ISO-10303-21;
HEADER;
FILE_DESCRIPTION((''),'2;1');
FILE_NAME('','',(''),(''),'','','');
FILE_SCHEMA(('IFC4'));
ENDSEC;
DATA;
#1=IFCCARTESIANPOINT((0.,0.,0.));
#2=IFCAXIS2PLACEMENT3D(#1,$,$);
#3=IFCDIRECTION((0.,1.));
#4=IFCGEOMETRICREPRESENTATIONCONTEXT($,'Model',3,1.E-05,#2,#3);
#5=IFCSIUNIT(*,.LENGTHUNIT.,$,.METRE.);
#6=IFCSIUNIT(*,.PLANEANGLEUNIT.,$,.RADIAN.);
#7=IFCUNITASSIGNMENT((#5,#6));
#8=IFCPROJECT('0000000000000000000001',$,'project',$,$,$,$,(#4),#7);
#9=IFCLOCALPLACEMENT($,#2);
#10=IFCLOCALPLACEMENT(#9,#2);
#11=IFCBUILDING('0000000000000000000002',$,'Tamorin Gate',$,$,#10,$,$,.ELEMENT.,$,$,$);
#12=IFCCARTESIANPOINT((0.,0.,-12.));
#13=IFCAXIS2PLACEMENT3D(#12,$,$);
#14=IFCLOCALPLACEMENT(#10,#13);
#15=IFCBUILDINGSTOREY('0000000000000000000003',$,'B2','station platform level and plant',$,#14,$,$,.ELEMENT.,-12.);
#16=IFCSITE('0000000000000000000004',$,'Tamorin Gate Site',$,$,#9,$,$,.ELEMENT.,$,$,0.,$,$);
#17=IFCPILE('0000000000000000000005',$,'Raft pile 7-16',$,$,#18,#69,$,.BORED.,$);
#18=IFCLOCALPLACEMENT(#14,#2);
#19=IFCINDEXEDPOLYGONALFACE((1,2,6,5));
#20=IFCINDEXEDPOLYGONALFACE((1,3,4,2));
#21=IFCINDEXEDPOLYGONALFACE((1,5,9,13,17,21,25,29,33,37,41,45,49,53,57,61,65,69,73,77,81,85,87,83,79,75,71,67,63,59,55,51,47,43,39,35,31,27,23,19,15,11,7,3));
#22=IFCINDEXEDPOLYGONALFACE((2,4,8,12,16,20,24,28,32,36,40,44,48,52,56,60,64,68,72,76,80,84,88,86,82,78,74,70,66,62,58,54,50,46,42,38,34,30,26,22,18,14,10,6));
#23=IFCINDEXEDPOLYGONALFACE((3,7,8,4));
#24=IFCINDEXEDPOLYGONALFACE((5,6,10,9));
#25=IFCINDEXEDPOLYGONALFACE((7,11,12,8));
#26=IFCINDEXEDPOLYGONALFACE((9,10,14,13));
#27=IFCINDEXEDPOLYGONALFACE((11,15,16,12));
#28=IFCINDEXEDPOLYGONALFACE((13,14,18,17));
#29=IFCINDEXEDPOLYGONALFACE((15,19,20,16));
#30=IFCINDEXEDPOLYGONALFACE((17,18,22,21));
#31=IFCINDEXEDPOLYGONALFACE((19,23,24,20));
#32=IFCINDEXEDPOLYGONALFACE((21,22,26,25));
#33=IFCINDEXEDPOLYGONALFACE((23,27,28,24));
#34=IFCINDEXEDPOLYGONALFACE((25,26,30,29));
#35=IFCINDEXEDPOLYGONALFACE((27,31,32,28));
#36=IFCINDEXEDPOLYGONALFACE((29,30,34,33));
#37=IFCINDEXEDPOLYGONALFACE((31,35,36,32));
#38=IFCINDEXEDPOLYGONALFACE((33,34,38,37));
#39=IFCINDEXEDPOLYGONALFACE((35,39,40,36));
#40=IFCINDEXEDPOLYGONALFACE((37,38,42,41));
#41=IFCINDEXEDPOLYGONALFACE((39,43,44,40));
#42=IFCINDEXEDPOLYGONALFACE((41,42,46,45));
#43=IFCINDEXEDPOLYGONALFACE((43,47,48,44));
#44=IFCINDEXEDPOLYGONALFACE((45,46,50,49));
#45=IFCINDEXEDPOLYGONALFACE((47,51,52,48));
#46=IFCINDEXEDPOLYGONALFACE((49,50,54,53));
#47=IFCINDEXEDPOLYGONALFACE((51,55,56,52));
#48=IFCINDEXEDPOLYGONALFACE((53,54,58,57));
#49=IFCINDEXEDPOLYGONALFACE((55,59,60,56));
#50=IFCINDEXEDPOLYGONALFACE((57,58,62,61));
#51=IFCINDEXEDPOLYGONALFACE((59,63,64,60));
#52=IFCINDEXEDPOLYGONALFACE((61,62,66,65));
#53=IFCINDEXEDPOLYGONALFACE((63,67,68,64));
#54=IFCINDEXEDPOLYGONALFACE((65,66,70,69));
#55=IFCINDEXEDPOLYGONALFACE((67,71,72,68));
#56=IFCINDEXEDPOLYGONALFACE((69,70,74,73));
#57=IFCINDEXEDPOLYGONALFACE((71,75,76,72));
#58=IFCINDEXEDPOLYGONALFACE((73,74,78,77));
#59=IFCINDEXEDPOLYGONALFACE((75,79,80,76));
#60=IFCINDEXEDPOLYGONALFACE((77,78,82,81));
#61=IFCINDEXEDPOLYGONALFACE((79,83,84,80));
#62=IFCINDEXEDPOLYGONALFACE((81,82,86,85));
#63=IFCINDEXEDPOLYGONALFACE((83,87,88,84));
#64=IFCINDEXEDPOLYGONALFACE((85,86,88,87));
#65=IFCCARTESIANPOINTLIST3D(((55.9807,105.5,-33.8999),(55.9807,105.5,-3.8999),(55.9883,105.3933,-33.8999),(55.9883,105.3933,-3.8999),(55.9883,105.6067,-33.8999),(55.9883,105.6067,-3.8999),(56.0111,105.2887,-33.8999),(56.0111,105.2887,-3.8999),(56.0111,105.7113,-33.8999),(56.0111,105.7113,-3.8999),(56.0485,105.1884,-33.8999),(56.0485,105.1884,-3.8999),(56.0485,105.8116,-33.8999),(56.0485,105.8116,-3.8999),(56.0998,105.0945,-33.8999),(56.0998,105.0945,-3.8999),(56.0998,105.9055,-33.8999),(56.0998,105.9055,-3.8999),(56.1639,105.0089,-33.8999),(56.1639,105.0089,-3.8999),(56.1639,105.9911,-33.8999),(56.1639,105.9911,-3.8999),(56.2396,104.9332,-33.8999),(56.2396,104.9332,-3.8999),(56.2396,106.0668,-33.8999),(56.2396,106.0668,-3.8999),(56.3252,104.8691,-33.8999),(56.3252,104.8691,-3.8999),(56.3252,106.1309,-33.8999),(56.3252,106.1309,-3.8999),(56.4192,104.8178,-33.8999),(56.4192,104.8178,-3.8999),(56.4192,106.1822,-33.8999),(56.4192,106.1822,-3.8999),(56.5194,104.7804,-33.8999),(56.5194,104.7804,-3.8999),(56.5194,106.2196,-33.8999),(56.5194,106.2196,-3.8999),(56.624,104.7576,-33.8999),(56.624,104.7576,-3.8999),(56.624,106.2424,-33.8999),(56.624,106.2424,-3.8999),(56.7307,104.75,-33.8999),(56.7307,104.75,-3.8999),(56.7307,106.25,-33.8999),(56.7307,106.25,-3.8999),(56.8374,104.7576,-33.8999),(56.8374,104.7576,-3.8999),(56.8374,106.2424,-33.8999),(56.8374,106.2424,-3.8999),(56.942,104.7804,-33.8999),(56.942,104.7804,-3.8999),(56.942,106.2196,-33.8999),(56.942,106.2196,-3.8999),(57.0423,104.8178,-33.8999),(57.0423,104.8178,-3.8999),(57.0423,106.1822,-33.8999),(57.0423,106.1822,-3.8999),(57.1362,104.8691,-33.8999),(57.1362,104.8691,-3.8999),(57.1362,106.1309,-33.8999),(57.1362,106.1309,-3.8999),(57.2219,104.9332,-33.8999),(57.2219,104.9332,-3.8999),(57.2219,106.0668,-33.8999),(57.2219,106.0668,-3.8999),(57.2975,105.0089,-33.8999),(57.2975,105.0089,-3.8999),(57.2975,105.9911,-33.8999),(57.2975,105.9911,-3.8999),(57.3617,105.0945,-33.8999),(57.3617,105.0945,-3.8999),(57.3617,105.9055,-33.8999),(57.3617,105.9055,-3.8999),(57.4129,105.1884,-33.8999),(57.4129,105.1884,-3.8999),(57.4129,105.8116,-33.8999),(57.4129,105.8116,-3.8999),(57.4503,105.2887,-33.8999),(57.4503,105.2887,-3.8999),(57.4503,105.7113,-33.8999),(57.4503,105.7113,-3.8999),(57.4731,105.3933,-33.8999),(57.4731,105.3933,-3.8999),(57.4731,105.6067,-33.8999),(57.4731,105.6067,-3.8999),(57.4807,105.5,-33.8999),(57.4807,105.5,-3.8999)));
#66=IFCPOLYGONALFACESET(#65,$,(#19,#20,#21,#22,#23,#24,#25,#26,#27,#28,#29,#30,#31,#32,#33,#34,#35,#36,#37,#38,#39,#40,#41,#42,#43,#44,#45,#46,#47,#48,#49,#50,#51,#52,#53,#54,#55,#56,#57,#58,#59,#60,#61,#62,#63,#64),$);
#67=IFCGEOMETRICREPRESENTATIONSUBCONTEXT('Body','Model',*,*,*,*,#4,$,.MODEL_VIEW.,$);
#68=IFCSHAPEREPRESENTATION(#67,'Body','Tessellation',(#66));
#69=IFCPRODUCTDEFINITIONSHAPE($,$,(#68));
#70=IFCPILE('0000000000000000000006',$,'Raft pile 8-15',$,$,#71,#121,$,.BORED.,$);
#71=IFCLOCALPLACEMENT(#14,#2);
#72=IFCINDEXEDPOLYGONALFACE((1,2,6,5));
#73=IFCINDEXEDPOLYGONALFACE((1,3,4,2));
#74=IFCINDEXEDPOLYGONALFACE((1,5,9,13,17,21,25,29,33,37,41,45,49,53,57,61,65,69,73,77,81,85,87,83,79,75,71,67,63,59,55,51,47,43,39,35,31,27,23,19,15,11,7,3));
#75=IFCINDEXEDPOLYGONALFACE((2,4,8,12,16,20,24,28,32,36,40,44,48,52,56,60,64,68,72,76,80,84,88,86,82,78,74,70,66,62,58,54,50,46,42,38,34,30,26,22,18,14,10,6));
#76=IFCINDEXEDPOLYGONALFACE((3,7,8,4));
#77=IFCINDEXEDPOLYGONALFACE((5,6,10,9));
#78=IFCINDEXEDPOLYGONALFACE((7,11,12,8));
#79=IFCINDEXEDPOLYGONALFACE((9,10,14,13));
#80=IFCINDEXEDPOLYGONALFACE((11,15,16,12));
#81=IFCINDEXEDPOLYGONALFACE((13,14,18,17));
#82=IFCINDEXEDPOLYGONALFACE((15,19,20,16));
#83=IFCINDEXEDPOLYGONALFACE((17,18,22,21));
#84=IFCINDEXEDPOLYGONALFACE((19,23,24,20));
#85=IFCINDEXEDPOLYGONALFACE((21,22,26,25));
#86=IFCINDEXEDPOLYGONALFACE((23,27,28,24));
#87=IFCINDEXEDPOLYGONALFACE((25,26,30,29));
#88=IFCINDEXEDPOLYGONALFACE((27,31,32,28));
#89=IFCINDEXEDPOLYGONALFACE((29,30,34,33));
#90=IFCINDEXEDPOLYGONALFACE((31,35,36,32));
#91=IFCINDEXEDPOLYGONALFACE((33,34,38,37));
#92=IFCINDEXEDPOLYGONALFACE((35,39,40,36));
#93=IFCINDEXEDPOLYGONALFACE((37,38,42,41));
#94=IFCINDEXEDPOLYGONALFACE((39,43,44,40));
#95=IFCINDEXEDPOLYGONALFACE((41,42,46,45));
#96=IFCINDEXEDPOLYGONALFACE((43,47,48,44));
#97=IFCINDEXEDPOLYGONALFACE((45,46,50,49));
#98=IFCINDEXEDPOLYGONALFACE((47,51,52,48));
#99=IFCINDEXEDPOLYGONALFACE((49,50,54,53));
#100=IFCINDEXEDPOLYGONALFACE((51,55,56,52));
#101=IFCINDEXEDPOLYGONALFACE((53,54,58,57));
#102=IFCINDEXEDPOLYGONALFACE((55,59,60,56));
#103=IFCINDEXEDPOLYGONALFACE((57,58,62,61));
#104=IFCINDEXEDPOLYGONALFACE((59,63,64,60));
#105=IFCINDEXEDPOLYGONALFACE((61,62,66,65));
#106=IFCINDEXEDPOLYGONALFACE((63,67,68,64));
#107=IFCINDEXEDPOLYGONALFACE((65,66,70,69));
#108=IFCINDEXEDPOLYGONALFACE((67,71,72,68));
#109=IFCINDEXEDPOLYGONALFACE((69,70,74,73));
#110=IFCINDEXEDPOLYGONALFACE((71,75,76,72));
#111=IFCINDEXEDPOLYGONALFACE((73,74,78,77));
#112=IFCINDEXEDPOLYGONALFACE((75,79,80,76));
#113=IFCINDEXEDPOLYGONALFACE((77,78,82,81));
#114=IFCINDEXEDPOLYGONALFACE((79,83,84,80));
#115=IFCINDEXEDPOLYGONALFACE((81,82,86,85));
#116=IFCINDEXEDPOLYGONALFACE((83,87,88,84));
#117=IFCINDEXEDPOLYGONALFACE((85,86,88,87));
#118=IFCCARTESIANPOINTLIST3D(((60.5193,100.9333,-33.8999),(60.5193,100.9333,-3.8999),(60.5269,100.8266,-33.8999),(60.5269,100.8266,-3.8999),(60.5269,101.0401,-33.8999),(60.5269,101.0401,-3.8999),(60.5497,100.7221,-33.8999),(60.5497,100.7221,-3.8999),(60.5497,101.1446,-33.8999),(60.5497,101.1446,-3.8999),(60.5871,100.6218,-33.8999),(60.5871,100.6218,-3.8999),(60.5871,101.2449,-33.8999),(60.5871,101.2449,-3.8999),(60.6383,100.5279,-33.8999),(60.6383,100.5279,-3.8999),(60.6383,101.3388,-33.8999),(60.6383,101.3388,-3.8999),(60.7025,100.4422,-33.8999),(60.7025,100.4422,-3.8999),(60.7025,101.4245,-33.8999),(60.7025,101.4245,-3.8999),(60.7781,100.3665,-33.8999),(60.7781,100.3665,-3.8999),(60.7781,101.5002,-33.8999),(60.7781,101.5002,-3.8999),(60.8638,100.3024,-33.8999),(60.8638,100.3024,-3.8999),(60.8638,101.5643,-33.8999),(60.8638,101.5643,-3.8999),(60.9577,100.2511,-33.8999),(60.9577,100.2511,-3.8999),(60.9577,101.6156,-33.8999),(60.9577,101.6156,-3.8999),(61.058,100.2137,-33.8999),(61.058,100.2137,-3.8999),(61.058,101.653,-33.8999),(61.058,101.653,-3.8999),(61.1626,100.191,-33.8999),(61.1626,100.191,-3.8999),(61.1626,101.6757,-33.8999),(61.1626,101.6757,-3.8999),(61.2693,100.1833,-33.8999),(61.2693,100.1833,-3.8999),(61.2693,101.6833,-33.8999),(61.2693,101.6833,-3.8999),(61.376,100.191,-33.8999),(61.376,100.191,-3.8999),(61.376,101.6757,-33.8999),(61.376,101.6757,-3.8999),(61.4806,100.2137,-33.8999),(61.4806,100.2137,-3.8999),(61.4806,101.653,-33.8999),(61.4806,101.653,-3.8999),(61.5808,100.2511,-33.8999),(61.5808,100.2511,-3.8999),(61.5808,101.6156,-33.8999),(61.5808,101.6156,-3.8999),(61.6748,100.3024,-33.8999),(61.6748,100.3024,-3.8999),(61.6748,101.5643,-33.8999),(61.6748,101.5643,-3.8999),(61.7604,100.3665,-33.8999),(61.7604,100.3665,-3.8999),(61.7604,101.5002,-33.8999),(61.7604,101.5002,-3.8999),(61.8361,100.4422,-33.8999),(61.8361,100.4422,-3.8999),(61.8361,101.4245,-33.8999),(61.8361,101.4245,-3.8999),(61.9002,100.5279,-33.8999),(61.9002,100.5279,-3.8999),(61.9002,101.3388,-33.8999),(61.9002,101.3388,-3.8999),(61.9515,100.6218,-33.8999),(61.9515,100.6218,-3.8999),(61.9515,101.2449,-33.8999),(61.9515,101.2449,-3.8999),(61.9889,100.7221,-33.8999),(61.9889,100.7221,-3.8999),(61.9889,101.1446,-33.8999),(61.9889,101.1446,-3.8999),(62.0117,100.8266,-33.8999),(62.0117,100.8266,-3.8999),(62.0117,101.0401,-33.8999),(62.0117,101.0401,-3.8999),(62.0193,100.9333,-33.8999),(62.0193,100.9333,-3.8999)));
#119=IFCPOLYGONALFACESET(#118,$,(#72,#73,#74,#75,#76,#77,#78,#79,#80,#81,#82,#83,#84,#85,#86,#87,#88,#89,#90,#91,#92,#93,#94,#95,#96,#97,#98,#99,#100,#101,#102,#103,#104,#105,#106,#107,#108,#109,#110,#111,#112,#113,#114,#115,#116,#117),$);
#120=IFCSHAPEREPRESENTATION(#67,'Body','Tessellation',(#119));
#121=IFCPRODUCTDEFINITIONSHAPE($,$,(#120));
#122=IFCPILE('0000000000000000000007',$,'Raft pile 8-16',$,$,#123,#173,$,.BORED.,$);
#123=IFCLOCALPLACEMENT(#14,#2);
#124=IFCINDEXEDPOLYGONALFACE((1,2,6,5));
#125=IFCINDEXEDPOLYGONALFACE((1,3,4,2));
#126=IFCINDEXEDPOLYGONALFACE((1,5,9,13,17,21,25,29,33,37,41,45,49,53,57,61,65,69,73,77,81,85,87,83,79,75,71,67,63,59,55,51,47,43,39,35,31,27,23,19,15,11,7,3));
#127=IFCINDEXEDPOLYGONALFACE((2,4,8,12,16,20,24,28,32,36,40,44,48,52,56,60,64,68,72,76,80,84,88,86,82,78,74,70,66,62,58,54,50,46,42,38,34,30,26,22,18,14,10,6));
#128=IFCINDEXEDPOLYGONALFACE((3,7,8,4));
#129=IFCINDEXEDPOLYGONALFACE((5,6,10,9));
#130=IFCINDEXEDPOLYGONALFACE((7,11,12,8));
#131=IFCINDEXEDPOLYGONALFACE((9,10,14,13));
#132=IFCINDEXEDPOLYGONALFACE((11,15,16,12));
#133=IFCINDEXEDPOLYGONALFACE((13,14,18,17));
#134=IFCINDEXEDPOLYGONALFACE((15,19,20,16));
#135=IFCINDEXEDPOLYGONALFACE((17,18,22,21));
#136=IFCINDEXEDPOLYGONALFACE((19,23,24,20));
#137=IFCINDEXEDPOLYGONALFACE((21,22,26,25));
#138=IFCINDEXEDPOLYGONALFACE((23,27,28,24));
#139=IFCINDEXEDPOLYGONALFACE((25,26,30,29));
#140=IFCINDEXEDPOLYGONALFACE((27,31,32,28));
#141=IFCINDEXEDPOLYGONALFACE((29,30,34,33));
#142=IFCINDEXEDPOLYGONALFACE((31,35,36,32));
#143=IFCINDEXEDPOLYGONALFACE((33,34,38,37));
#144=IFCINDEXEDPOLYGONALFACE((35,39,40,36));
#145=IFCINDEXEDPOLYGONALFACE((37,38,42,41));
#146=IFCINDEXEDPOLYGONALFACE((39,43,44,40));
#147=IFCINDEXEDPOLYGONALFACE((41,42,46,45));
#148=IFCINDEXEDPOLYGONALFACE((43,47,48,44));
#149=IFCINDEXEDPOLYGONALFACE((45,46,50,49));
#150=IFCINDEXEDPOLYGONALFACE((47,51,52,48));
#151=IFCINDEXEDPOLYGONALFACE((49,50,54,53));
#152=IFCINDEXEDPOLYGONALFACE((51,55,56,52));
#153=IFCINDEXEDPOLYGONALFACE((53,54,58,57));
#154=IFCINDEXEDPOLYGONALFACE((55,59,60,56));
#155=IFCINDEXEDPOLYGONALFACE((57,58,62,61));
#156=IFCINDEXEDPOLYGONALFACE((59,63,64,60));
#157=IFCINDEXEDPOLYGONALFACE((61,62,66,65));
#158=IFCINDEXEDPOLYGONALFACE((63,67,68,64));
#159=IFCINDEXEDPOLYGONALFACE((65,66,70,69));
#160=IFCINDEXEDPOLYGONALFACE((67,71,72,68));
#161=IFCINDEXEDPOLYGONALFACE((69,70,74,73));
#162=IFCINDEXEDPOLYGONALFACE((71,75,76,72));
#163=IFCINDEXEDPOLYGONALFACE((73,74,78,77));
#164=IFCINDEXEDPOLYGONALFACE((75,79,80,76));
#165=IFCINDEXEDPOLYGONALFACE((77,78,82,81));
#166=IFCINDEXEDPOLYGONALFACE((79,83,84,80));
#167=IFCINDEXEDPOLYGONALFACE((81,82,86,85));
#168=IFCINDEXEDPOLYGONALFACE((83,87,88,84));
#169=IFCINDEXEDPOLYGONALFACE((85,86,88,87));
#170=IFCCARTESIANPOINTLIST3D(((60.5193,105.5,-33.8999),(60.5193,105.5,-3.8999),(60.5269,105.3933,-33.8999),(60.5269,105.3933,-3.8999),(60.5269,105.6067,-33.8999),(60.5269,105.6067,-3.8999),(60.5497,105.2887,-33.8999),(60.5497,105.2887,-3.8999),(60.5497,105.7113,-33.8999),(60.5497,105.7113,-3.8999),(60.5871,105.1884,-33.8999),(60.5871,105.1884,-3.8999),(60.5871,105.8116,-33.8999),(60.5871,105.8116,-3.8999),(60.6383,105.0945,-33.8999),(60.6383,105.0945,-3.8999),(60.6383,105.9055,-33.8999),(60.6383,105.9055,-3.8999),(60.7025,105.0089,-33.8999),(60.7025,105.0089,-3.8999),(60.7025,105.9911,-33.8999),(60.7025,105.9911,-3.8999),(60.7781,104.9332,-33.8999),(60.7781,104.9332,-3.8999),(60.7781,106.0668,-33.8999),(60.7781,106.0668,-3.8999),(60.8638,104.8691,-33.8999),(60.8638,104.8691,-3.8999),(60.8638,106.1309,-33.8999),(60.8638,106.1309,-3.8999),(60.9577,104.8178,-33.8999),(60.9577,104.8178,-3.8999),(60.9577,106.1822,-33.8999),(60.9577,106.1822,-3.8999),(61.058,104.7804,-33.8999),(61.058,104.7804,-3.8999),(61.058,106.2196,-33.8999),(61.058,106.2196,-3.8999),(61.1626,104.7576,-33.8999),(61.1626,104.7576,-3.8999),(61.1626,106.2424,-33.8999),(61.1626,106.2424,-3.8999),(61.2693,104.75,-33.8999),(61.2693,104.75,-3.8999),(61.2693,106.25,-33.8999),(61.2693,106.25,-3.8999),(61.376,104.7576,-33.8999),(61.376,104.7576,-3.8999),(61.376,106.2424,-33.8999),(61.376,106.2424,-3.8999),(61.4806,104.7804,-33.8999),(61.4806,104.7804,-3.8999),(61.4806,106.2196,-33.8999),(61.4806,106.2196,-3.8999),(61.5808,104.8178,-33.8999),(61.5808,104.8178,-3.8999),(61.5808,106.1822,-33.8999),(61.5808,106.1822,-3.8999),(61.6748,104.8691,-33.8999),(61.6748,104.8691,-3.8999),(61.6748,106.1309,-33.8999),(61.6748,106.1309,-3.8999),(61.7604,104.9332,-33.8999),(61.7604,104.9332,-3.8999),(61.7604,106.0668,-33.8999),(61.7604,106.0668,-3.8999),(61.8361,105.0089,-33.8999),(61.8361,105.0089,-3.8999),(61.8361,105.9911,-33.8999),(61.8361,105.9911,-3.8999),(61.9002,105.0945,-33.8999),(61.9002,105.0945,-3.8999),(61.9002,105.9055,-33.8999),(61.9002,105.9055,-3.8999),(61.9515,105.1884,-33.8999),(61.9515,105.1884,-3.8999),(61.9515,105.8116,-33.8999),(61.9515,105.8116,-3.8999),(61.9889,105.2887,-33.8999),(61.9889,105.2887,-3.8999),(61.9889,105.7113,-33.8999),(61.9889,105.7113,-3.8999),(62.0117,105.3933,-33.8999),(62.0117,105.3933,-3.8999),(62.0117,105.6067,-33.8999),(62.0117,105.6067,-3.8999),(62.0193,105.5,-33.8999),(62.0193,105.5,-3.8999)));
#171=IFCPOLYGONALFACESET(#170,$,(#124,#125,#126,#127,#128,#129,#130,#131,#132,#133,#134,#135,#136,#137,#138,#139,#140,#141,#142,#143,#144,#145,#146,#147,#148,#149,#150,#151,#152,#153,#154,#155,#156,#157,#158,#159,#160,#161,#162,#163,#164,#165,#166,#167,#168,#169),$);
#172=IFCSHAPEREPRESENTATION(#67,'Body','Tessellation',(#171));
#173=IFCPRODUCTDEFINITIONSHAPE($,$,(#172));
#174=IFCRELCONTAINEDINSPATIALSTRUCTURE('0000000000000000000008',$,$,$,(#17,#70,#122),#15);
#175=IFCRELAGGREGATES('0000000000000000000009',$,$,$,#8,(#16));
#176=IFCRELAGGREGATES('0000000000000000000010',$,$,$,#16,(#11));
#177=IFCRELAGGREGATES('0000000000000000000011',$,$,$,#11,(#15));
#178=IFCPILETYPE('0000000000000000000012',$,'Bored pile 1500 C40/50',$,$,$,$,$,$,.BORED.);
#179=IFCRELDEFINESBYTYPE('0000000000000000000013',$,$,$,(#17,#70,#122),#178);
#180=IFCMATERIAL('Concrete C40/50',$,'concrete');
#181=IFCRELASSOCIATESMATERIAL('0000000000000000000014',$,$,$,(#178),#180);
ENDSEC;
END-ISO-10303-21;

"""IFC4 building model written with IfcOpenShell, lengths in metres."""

from ifc_helpers import new_model, si_unit, direction, frame, origin, origin_2d, place, context, subcontext, project, spatial, circle, extrude, material, material_profile, profile_set, type_object, element, save


model = new_model("IFC4")

# Units and contexts
model_context = context("Model", 3, precision=1e-05, world=origin(), true_north=direction((0.0, 1.0)))
body_context = subcontext(model_context, "Body", "Model", "MODEL_VIEW")
ifc_project = project(units=[si_unit("LENGTHUNIT", "METRE"), si_unit("PLANEANGLEUNIT", "RADIAN")], contexts=[model_context])

# Site, building, storey
site_placement = place(None, origin())
site = spatial("IfcSite", under=ifc_project, at=site_placement, Name="Tamorin Gate Site", CompositionType="ELEMENT", RefElevation=0.0)
building_placement = place(site_placement, origin())
building = spatial("IfcBuilding", under=site, at=building_placement, Name="Tamorin Gate", CompositionType="ELEMENT")
storey_placement = place(building_placement, frame((0.0, 0.0, -12.0)))
storey = spatial("IfcBuildingStorey", under=building, at=storey_placement, Name="B2", Description="station platform level and plant", CompositionType="ELEMENT", Elevation=-12.0)

# Piles
ifc_material_1 = material(Name="Concrete C40/50", Category="concrete")
ifc_material_profile_1 = material_profile(ifc_material_1, circle(Radius=0.75, at=origin_2d()))
ifc_profile_set_1 = profile_set([ifc_material_profile_1], Name="Concrete C40/50")
pile_type = type_object("IfcPileType", Name="Bored pile 1500 C40/50", PredefinedType="BORED", material=ifc_profile_set_1)
for number, where, z_axis, x_axis, name in (
    (1, (56.7307, 105.5, -3.8999), (0.0, 0.0, -1.0), (1.0, 0.0, 0.0), "Raft pile 7-16"),
    (2, (61.2693, 100.9333, -3.8999), (0.0, 0.0, -1.0), (1.0, 0.0, 0.0), "Raft pile 8-15"),
    (3, (61.2693, 105.5, -3.8999), (0.0, 0.0, -1.0), (1.0, 0.0, 0.0), "Raft pile 8-16"),
):
    element("IfcPile", number, at=place(storey_placement, frame(where, z_axis=z_axis, x_axis=x_axis)), inside=storey, type_object=pile_type, Name=name, PredefinedType="BORED", context=body_context, shape_type="SweptSolid", body=[
        extrude(circle(Radius=0.75, at=origin_2d()), origin(), (0.0, 0.0, 1.0), 30.0),
    ])

save(model, "model.ifc")
